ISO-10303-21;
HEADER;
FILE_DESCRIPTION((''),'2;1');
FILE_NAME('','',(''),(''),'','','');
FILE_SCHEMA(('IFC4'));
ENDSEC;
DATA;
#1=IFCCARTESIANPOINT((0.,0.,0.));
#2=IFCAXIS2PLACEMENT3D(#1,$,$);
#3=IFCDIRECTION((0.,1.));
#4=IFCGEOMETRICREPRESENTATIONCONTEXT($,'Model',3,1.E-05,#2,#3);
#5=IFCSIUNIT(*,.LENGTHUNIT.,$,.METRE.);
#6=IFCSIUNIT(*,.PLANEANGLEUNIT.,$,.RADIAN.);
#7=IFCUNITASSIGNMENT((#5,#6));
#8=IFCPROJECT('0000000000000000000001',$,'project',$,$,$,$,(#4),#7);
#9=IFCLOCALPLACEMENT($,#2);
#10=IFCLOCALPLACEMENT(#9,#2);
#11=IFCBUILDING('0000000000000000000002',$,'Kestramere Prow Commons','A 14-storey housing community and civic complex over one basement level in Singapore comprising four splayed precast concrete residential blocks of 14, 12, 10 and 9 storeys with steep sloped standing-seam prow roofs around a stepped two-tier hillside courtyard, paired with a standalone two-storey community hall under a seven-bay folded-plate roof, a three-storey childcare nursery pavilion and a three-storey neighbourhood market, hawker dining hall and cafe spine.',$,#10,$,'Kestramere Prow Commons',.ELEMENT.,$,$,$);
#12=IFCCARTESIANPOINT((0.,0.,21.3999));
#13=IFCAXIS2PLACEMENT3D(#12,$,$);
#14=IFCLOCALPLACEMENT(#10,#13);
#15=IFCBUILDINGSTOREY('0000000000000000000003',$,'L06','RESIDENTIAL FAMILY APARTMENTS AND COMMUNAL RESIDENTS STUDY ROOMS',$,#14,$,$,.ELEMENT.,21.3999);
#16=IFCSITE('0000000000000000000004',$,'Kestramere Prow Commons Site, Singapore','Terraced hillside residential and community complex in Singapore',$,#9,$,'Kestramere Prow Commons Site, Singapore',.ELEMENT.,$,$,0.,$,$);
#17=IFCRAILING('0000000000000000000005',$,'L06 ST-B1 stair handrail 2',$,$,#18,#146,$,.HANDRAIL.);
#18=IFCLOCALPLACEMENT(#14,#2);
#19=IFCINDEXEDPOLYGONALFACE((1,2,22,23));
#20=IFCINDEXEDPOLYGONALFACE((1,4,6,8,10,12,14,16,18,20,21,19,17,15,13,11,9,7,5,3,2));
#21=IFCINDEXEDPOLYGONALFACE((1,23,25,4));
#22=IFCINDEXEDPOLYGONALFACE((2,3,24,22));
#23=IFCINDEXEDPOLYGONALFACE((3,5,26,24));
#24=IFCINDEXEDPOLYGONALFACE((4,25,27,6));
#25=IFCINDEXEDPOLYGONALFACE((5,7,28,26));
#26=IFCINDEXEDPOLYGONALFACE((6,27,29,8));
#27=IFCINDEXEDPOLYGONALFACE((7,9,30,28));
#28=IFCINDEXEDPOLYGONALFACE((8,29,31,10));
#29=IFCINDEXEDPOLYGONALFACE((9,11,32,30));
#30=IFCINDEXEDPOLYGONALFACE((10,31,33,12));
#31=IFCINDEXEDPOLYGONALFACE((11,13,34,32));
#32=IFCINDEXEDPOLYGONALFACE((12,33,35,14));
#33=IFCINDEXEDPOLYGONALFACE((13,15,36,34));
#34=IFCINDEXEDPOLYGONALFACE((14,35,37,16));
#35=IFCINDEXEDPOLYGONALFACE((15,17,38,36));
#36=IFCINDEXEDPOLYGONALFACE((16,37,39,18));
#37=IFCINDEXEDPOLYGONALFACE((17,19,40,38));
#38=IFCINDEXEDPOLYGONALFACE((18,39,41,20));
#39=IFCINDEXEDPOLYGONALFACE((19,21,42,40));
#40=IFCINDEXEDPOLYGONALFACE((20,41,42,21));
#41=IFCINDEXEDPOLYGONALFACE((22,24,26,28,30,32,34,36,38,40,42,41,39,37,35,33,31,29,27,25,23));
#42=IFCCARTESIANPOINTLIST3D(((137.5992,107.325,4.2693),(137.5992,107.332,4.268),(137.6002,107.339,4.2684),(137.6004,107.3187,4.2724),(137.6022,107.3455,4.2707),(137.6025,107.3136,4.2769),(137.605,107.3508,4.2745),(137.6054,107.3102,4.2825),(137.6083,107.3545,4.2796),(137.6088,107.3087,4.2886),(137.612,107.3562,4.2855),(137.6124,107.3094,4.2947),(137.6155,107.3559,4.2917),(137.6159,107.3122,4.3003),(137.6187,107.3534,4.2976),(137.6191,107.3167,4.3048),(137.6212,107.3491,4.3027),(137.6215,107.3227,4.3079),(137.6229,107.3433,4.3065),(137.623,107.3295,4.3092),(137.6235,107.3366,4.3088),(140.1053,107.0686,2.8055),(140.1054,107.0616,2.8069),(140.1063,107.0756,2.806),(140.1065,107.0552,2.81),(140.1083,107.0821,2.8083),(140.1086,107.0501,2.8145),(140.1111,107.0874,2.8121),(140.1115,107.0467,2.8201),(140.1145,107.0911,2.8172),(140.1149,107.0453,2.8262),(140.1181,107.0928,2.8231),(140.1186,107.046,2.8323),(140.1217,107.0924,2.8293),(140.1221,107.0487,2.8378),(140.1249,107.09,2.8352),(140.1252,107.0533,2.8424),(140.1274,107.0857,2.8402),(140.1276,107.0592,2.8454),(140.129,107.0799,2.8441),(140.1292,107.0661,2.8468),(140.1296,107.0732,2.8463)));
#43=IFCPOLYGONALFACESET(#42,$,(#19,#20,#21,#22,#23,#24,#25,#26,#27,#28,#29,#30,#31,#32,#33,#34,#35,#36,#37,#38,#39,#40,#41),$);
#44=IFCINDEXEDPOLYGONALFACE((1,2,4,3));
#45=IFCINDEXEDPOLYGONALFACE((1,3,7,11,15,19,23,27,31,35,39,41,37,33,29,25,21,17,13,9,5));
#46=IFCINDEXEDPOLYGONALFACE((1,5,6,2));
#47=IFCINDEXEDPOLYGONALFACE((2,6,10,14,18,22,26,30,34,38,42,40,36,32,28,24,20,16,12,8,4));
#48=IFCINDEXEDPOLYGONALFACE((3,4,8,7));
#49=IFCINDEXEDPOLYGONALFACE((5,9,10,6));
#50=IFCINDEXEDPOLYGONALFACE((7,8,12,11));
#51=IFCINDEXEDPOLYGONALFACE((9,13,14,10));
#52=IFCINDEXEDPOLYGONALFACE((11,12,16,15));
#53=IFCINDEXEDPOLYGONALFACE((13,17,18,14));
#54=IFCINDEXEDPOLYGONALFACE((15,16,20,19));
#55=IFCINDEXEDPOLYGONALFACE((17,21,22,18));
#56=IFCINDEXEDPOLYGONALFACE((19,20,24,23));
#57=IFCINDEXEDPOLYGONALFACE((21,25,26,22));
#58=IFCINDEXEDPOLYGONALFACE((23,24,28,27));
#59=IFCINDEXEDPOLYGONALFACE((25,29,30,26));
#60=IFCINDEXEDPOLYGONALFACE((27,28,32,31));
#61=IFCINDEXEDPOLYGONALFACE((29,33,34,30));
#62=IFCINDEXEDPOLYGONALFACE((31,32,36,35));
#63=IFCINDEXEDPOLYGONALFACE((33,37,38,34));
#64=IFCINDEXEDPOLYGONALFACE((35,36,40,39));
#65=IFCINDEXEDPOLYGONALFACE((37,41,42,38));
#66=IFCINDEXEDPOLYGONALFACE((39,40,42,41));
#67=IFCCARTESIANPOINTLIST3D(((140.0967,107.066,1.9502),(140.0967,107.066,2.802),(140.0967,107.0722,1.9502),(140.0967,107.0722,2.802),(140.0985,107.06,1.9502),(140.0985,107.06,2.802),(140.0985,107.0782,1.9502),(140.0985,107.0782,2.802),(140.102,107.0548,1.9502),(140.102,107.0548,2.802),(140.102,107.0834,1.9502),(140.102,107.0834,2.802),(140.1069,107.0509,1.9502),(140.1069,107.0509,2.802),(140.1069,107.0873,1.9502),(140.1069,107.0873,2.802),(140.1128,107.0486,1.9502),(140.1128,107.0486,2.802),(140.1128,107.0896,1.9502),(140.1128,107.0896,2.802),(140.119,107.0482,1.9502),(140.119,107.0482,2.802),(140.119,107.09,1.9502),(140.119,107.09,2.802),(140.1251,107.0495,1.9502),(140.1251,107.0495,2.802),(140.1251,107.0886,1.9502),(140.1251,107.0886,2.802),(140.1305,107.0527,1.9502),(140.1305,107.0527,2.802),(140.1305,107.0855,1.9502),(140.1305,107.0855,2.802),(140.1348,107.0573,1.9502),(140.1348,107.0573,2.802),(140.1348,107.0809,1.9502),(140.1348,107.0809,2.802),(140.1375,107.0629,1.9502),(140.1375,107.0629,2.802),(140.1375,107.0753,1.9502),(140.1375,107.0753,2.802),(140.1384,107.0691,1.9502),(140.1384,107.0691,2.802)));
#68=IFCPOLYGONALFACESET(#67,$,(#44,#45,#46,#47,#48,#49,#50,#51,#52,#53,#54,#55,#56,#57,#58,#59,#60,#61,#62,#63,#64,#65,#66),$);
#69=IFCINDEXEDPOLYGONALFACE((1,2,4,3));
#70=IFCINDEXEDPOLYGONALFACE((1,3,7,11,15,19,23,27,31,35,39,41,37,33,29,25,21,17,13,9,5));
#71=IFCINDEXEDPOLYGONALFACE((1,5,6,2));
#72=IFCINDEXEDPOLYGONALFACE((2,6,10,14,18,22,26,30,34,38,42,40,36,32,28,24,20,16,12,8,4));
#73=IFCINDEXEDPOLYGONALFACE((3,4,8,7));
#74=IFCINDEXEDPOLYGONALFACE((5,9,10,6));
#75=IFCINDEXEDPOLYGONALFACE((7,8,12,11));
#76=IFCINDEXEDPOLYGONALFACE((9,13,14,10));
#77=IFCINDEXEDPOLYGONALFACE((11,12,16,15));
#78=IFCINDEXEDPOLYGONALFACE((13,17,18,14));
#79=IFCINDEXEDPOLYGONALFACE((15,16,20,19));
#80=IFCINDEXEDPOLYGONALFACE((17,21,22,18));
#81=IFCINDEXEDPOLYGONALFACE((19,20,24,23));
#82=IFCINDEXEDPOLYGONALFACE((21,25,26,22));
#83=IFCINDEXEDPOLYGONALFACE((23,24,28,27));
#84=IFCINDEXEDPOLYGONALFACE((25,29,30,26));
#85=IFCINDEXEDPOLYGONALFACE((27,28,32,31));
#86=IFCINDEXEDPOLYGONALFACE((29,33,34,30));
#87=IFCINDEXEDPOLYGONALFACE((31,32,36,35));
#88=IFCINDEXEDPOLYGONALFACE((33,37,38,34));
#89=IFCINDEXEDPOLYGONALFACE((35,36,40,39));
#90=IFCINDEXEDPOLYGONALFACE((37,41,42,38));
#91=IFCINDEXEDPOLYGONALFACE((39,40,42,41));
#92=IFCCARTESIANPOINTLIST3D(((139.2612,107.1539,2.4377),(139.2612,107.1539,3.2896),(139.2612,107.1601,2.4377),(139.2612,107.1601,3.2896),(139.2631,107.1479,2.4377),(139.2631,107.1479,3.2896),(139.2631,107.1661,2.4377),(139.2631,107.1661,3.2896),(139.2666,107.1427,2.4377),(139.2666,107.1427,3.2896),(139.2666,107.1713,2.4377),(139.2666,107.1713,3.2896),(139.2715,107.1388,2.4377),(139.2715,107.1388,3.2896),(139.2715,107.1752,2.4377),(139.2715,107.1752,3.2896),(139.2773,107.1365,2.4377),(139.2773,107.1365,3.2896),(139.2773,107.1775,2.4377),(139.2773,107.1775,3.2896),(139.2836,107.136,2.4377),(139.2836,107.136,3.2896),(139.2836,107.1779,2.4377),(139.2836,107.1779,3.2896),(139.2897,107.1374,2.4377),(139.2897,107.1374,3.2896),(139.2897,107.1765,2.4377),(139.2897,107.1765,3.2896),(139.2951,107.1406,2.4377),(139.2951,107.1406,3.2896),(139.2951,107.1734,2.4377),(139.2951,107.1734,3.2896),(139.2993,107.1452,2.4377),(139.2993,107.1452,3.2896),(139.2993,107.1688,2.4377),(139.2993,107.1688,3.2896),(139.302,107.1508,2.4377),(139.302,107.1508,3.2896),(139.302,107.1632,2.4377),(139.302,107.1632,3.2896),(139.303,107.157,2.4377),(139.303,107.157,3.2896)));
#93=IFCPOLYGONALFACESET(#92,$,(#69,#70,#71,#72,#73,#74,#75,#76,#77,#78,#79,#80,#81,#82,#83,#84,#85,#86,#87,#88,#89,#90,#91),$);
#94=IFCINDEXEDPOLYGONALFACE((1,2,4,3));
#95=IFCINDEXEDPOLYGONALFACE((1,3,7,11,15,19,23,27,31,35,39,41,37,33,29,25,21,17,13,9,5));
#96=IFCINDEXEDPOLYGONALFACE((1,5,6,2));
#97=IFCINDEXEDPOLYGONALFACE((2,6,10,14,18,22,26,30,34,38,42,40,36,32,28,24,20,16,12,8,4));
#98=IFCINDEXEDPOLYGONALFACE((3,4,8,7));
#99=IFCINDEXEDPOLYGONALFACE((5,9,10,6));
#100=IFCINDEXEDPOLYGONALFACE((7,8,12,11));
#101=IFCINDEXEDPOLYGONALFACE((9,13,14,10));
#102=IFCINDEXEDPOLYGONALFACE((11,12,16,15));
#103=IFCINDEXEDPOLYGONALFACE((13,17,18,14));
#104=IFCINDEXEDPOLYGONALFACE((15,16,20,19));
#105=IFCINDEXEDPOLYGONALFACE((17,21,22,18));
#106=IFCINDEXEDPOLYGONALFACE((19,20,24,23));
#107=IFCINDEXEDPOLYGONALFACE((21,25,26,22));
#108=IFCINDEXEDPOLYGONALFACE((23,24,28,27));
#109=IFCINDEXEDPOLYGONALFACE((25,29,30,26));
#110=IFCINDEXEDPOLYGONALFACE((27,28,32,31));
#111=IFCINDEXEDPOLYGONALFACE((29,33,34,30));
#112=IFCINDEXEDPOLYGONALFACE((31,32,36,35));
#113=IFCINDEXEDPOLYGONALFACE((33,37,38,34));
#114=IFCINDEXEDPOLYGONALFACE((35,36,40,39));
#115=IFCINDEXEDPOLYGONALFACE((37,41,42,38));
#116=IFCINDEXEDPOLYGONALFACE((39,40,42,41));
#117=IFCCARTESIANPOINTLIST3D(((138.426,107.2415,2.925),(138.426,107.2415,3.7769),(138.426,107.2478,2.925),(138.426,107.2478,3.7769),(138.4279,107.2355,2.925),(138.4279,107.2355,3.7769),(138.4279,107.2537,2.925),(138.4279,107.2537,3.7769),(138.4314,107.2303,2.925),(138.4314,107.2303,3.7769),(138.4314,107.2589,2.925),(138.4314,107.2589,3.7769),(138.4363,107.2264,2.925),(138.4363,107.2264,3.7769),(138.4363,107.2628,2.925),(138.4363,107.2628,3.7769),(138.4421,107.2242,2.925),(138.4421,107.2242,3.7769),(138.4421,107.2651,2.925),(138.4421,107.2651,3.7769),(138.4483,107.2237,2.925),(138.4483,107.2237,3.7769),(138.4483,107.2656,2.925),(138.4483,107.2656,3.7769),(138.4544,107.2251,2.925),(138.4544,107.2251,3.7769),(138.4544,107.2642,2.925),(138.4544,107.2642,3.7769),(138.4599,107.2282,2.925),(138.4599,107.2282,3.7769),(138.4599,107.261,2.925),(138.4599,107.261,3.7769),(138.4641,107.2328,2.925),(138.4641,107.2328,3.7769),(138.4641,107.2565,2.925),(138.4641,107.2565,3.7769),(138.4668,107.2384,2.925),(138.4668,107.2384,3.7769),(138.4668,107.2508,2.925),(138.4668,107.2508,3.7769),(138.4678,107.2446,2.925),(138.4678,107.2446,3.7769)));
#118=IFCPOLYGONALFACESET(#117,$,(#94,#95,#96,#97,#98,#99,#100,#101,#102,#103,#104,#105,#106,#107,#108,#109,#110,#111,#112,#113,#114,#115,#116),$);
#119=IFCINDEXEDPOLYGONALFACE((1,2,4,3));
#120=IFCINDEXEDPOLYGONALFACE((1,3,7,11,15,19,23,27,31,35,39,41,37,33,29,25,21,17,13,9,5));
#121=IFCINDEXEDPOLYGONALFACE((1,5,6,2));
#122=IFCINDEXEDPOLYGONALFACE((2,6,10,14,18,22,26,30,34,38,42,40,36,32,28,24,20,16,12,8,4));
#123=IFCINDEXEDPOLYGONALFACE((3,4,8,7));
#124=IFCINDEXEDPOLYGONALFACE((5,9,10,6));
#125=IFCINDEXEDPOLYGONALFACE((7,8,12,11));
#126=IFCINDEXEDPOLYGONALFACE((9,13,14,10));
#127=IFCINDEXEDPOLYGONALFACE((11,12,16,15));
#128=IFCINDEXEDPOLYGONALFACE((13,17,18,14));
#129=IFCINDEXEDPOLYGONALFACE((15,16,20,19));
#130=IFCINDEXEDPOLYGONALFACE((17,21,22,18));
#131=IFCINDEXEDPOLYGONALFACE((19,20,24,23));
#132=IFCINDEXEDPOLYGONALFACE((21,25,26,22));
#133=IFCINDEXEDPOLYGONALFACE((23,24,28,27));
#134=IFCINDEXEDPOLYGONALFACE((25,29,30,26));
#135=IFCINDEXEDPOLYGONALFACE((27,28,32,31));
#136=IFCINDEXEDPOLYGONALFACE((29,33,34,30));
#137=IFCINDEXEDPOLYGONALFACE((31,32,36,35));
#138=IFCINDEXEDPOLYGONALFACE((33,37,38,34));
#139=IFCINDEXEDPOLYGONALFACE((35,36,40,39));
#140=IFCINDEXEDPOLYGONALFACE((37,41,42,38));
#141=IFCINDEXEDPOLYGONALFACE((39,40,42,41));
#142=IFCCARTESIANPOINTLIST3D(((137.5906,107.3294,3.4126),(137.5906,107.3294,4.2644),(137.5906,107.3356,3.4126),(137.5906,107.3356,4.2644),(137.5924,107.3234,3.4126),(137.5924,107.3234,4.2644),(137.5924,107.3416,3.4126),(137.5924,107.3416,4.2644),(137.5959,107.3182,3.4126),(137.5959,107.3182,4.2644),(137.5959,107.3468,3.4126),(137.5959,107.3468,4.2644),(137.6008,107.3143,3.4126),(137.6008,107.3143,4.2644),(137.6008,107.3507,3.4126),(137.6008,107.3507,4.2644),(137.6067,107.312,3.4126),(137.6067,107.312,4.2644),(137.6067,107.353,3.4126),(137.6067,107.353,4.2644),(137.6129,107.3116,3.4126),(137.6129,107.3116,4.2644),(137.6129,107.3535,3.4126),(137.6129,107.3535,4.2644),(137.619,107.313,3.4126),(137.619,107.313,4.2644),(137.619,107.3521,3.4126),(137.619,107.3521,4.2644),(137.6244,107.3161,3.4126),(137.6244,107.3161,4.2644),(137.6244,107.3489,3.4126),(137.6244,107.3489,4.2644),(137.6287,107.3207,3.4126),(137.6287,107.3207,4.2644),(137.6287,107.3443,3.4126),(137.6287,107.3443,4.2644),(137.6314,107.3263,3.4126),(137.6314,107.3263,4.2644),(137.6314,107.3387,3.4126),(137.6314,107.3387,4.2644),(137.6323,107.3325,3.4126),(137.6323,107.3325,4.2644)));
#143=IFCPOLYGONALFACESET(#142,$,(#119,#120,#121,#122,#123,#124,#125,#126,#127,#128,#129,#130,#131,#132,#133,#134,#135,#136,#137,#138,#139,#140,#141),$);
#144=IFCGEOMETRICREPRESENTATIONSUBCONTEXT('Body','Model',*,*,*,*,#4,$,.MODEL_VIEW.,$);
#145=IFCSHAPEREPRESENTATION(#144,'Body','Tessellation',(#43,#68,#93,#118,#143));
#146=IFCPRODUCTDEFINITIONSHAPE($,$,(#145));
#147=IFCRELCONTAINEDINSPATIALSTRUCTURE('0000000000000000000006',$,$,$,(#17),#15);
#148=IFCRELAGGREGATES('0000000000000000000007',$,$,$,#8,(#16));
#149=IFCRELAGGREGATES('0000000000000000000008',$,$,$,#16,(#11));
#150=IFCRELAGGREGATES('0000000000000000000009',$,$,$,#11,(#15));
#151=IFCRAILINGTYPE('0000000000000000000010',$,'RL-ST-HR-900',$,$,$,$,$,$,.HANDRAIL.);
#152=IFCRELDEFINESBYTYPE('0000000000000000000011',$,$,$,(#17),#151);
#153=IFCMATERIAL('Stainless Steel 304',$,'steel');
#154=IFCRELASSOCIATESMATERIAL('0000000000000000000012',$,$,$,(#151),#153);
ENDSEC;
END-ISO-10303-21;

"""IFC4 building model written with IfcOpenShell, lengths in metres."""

from ifc_helpers import new_model, si_unit, direction, frame, origin, origin_2d, place, context, subcontext, project, spatial, circle, extrude, material, type_object, element, save


model = new_model("IFC4")

# Units and contexts
model_context = context("Model", 3, precision=1e-05, world=origin(), true_north=direction((0.0, 1.0)))
body_context = subcontext(model_context, "Body", "Model", "MODEL_VIEW")
ifc_project = project(units=[si_unit("LENGTHUNIT", "METRE"), si_unit("PLANEANGLEUNIT", "RADIAN")], contexts=[model_context])

# Site, building, storey
site_placement = place(None, origin())
site = spatial("IfcSite", under=ifc_project, at=site_placement, Name="Kestramere Prow Commons Site, Singapore", Description="Terraced hillside residential and community complex in Singapore", LongName="Kestramere Prow Commons Site, Singapore", CompositionType="ELEMENT", RefElevation=0.0)
building_placement = place(site_placement, origin())
building = spatial("IfcBuilding", under=site, at=building_placement, Name="Kestramere Prow Commons", Description="A 14-storey housing community and civic complex over one basement level in Singapore comprising four splayed precast concrete residential blocks of 14, 12, 10 and 9 storeys with steep sloped standing-seam prow roofs around a stepped two-tier hillside courtyard, paired with a standalone two-storey community hall under a seven-bay folded-plate roof, a three-storey childcare nursery pavilion and a three-storey neighbourhood market, hawker dining hall and cafe spine.", LongName="Kestramere Prow Commons", CompositionType="ELEMENT")
storey_placement = place(building_placement, frame((0.0, 0.0, 21.3999)))
storey = spatial("IfcBuildingStorey", under=building, at=storey_placement, Name="L06", Description="RESIDENTIAL FAMILY APARTMENTS AND COMMUNAL RESIDENTS STUDY ROOMS", CompositionType="ELEMENT", Elevation=21.3999)

# Railing
ifc_material_1 = material(Name="Stainless Steel 304", Category="steel")
railing_type_1 = type_object("IfcRailingType", Name="RL-ST-HR-900", PredefinedType="HANDRAIL", material=ifc_material_1)
railing_1_placement = place(storey_placement, frame((140.1174, 107.0691, 1.9502)))
element("IfcRailing", 1, at=railing_1_placement, inside=storey, type_object=railing_type_1, Name="L06 ST-B1 stair handrail 2", PredefinedType="HANDRAIL", context=body_context, shape_type="SweptSolid", body=[
    extrude(circle(Radius=0.0239, at=origin_2d()), frame((0.0, 0.0, 0.876), z_axis=(-0.860165, 0.090416, 0.501937), x_axis=(-0.104539, -0.994521, 0.0)), (0.0, 0.0, 1.0), 2.9136),
    extrude(circle(Radius=0.021, at=origin_2d()), origin(), (0.0, 0.0, 1.0), 0.8518),
    extrude(circle(Radius=0.021, at=origin_2d()), frame((-0.8354, 0.0879, 0.4875)), (0.0, 0.0, 1.0), 0.8518),
    extrude(circle(Radius=0.021, at=origin_2d()), frame((-1.6707, 0.1755, 0.9749)), (0.0, 0.0, 1.0), 0.8518),
    extrude(circle(Radius=0.021, at=origin_2d()), frame((-2.5061, 0.2634, 1.4624)), (0.0, 0.0, 1.0), 0.8518),
])

save(model, "model.ifc")
